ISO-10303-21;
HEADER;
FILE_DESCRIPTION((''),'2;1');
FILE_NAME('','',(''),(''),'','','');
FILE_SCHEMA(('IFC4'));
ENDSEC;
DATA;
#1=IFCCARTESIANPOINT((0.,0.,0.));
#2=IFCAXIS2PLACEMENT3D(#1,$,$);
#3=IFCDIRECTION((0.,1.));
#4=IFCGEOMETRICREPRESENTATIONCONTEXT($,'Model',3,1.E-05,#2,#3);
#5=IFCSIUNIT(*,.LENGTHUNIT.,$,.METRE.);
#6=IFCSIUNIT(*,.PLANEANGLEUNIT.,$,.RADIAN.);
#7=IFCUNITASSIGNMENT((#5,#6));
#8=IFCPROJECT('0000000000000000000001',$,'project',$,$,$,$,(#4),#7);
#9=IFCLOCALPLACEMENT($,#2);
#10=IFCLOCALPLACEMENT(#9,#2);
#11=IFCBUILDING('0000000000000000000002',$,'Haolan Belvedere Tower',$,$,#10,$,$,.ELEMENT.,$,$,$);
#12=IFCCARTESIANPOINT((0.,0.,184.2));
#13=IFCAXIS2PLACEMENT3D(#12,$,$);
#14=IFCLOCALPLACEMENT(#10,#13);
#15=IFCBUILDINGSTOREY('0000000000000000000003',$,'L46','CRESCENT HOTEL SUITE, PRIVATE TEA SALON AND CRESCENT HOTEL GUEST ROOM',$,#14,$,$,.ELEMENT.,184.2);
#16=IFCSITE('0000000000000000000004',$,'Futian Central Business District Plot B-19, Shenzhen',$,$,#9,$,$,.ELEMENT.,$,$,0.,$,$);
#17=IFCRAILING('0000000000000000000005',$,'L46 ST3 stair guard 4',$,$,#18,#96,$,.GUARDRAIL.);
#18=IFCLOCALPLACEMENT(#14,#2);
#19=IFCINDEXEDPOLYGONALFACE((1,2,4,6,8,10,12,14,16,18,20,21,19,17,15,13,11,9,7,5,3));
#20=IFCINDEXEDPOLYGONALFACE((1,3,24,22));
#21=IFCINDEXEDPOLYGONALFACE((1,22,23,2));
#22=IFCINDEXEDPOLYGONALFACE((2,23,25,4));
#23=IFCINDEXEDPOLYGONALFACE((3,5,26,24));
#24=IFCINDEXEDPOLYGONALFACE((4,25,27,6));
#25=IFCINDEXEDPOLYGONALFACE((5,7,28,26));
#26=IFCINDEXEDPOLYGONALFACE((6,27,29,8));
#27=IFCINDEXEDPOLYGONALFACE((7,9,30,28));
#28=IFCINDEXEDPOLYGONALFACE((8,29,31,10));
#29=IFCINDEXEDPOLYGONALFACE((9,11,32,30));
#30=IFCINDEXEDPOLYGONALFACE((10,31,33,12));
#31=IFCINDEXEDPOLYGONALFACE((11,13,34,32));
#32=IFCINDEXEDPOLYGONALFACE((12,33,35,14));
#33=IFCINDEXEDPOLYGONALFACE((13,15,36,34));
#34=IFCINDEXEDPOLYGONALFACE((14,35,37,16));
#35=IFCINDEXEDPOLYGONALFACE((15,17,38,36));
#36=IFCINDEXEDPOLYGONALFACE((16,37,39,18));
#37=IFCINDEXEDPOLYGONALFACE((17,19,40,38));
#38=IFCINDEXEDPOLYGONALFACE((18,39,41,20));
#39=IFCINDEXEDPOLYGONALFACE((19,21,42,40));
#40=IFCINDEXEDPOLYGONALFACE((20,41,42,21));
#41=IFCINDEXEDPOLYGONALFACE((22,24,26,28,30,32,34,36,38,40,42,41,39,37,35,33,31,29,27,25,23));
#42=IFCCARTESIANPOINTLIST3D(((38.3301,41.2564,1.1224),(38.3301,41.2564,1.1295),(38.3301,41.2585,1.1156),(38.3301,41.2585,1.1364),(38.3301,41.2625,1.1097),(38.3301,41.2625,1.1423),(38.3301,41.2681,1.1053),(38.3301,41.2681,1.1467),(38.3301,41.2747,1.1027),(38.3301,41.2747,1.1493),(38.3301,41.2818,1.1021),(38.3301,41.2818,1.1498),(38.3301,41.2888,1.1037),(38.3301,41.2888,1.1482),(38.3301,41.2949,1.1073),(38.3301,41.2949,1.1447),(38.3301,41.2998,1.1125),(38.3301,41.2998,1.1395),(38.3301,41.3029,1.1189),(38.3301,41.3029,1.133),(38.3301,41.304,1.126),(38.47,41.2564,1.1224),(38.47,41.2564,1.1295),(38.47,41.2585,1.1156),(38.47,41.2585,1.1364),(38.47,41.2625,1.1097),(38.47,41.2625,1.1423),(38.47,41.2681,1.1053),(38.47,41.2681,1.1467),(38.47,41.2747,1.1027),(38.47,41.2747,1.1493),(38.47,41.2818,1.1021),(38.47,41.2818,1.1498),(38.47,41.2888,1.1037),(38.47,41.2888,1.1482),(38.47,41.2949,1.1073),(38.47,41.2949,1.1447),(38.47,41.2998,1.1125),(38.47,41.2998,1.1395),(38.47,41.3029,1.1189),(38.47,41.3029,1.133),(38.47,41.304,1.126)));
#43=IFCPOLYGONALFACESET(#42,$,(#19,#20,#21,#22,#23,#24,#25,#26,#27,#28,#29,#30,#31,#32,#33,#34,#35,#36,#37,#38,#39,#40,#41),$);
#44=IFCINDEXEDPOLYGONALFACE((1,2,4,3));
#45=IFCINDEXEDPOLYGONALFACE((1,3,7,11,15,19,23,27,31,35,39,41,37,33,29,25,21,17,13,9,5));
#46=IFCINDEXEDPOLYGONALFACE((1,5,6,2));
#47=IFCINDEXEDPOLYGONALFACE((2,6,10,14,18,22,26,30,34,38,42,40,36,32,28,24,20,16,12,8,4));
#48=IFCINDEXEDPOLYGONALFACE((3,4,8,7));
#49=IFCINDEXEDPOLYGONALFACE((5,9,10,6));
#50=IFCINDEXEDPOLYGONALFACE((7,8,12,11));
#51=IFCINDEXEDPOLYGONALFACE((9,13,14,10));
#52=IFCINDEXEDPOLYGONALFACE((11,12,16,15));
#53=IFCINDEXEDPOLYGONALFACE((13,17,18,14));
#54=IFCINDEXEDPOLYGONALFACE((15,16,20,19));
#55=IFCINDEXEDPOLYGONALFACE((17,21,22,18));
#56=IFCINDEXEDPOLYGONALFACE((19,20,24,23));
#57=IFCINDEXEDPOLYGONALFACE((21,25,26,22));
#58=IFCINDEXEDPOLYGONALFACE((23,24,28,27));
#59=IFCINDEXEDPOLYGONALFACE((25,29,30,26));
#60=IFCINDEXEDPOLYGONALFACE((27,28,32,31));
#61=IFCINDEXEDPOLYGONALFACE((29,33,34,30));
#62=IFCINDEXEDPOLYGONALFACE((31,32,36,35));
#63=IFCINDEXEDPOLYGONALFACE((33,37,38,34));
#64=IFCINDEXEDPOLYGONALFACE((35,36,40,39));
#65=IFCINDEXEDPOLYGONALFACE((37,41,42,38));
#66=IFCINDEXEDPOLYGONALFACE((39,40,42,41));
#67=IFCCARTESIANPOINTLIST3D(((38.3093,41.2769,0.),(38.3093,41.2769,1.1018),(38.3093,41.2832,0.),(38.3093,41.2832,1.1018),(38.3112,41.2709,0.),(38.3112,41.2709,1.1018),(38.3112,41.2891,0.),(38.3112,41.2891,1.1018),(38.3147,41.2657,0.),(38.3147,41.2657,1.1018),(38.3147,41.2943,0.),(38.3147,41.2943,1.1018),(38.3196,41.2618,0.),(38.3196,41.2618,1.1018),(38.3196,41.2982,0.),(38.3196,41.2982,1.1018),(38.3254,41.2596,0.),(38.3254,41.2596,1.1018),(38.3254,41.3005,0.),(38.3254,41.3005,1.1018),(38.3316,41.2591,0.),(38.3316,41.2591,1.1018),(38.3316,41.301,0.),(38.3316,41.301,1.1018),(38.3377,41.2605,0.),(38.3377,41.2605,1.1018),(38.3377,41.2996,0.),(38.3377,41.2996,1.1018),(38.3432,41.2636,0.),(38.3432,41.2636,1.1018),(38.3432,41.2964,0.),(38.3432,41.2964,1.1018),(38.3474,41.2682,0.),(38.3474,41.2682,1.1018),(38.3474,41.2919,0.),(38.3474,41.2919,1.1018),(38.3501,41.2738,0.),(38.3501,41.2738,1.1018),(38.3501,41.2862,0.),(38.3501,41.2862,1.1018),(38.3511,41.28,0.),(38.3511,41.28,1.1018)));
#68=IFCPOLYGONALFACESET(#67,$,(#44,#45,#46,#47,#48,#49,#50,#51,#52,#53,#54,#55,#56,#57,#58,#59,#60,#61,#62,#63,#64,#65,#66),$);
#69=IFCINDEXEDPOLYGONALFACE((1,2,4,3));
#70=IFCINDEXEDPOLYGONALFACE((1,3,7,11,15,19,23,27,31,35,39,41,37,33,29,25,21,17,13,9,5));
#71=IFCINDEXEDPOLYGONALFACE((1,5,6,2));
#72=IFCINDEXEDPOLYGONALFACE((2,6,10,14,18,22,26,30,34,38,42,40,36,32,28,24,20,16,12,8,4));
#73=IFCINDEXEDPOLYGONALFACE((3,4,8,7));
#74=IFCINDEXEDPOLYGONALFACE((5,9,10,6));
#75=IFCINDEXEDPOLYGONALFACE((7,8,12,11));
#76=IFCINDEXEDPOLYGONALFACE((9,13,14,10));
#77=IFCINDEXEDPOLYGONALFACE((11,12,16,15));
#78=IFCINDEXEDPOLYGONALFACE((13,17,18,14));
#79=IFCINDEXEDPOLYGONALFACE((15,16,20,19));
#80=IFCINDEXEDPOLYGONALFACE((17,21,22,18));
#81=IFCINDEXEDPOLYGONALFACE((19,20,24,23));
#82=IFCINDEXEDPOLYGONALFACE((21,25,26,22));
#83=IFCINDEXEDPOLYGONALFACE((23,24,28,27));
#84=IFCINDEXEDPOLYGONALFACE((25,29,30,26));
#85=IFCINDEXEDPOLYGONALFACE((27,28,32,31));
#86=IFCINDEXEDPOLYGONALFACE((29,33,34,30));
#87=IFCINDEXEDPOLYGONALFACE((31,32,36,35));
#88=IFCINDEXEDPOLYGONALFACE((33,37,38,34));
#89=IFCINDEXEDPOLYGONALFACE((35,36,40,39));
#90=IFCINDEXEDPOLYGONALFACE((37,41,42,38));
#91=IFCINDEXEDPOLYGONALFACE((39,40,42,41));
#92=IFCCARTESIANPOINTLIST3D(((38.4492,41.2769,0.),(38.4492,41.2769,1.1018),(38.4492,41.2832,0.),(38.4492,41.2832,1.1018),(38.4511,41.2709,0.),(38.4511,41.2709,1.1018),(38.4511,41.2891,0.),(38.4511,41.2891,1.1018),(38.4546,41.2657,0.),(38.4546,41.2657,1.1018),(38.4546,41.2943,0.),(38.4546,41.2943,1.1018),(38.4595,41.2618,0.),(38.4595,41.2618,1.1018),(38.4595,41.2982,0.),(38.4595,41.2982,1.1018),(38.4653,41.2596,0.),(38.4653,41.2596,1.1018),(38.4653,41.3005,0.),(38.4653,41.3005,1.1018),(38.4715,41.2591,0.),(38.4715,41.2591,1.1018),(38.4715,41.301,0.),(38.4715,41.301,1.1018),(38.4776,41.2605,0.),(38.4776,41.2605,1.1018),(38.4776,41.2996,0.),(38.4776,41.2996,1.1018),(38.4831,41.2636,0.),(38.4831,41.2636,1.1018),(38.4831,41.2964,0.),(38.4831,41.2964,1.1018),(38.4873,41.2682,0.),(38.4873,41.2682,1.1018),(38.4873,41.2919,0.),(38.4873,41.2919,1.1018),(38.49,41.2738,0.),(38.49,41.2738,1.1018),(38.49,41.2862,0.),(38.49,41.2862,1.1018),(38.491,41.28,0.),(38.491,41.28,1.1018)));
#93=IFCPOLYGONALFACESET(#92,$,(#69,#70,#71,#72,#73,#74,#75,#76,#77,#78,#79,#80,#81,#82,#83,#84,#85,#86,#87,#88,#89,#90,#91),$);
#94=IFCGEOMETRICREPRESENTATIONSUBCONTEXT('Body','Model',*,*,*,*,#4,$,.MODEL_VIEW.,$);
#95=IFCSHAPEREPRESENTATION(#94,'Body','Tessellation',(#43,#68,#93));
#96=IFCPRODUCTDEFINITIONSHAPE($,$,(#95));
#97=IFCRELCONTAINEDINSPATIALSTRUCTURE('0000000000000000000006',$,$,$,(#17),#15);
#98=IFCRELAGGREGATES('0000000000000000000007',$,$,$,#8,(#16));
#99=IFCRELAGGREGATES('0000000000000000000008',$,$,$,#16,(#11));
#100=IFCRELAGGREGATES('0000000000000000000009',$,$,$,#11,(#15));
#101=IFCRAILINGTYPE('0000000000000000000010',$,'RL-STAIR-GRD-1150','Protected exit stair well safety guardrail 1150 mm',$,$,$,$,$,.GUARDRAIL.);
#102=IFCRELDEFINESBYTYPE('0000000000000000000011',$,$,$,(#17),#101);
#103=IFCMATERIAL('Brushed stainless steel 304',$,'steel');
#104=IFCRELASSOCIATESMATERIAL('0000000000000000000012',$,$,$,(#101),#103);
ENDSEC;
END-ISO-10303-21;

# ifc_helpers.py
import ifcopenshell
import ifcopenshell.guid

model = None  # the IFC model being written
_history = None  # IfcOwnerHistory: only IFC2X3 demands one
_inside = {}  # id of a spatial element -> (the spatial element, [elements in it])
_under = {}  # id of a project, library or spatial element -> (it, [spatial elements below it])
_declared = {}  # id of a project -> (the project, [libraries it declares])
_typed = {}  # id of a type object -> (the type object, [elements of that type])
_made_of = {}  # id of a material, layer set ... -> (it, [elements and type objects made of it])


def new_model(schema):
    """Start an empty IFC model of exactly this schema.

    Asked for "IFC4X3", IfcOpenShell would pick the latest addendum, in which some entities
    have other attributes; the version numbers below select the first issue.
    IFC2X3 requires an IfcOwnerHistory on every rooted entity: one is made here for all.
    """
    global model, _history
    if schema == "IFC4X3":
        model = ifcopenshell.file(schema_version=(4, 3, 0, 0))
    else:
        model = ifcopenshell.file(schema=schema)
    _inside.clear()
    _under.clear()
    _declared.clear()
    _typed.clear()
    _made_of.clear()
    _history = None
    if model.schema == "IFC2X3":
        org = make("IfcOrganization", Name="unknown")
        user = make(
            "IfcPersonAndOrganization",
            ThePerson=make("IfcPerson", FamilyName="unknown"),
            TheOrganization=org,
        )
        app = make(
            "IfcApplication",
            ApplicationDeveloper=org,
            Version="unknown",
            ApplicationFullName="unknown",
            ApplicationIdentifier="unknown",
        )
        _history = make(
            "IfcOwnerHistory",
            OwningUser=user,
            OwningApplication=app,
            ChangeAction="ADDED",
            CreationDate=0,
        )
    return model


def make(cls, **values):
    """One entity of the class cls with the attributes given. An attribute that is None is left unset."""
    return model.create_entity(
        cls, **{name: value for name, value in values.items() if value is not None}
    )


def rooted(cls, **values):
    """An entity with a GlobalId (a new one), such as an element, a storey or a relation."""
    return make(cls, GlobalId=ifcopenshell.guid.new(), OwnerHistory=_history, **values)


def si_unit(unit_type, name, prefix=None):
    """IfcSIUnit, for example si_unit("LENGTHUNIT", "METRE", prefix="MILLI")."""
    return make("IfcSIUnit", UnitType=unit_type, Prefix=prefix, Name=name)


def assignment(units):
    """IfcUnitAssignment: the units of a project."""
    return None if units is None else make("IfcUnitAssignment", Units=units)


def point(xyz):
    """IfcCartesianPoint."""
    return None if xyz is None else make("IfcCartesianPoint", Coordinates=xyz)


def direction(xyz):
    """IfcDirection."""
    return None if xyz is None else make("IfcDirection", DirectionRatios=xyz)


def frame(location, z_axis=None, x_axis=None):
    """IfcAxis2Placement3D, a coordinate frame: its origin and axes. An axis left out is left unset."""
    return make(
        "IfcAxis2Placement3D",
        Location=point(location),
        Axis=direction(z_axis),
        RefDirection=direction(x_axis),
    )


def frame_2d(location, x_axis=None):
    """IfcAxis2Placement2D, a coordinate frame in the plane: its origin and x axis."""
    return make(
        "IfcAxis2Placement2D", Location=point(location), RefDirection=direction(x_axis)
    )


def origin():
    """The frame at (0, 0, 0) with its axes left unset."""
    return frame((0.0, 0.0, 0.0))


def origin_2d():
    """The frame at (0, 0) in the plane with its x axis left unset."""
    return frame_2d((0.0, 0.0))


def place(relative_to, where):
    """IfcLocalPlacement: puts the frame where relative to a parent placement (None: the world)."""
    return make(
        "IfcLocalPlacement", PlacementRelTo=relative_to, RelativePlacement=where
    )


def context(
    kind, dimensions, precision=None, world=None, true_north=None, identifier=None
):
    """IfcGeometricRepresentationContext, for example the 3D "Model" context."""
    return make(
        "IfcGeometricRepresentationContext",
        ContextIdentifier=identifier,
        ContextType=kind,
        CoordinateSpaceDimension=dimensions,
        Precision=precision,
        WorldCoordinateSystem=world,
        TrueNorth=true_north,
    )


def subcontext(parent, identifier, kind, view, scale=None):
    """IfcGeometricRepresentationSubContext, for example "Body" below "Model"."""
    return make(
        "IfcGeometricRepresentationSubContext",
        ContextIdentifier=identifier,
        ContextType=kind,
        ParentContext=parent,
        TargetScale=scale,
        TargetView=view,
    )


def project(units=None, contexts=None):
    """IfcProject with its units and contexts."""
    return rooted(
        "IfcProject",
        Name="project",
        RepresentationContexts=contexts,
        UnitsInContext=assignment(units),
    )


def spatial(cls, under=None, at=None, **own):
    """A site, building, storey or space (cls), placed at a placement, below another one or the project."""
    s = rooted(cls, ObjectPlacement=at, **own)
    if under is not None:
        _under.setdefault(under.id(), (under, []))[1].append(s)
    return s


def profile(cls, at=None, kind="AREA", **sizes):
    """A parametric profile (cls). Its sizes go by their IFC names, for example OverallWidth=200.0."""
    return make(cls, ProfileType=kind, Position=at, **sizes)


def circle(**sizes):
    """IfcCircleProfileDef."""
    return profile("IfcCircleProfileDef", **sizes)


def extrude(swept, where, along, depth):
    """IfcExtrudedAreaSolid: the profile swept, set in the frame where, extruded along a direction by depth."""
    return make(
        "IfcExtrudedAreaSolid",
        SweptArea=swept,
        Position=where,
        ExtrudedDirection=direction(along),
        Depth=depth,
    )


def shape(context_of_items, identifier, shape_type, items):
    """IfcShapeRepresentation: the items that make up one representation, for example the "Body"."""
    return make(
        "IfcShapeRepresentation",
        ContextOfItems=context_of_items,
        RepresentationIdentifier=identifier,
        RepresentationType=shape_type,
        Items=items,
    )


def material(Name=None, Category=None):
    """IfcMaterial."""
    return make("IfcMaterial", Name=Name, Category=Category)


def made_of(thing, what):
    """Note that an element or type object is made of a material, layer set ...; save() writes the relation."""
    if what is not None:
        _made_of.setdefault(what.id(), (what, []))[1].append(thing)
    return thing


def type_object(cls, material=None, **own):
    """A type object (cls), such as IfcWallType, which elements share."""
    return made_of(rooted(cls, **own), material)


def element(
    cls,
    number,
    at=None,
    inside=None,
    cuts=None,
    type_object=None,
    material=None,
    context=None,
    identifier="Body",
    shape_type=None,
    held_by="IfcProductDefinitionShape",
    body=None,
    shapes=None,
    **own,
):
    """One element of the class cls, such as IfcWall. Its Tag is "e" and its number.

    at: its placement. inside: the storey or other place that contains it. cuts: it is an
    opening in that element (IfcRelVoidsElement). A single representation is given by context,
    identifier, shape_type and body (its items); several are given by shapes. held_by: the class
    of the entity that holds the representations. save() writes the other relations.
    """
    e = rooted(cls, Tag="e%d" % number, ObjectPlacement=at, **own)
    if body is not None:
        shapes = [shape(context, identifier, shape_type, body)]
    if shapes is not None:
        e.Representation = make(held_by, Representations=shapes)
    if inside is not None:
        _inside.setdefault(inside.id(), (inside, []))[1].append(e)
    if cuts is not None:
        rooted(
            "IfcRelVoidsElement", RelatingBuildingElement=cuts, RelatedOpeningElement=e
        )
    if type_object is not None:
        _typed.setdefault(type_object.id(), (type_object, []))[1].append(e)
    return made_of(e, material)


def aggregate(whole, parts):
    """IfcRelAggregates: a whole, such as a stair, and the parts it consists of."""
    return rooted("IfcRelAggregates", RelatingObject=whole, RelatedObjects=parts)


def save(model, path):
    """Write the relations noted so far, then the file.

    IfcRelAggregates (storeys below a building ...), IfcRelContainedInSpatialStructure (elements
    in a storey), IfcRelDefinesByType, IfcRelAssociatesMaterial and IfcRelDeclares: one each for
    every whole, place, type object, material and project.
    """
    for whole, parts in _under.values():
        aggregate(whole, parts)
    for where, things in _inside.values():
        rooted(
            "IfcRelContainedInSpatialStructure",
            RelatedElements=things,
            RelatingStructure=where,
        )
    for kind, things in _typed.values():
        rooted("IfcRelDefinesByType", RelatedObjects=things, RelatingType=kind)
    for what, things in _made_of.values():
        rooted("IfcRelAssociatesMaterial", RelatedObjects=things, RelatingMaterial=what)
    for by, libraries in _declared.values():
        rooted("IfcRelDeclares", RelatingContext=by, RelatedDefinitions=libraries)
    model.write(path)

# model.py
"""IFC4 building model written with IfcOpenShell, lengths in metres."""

from ifc_helpers import new_model, si_unit, direction, frame, origin, origin_2d, place, context, subcontext, project, spatial, circle, extrude, material, type_object, element, save


model = new_model("IFC4")

# Units and contexts
model_context = context("Model", 3, precision=1e-05, world=origin(), true_north=direction((0.0, 1.0)))
body_context = subcontext(model_context, "Body", "Model", "MODEL_VIEW")
ifc_project = project(units=[si_unit("LENGTHUNIT", "METRE"), si_unit("PLANEANGLEUNIT", "RADIAN")], contexts=[model_context])

# Site, building, storey
site_placement = place(None, origin())
site = spatial("IfcSite", under=ifc_project, at=site_placement, Name="Futian Central Business District Plot B-19, Shenzhen", CompositionType="ELEMENT", RefElevation=0.0)
building_placement = place(site_placement, origin())
building = spatial("IfcBuilding", under=site, at=building_placement, Name="Haolan Belvedere Tower", CompositionType="ELEMENT")
storey_placement = place(building_placement, frame((0.0, 0.0, 184.2)))
storey = spatial("IfcBuildingStorey", under=building, at=storey_placement, Name="L46", Description="CRESCENT HOTEL SUITE, PRIVATE TEA SALON AND CRESCENT HOTEL GUEST ROOM", CompositionType="ELEMENT", Elevation=184.2)

# Railing
ifc_material_1 = material(Name="Brushed stainless steel 304", Category="steel")
railing_type = type_object("IfcRailingType", Name="RL-STAIR-GRD-1150", Description="Protected exit stair well safety guardrail 1150 mm", PredefinedType="GUARDRAIL", material=ifc_material_1)
railing_1_placement = place(storey_placement, frame((38.3301, 41.28, 0.0)))
element("IfcRailing", 1, at=railing_1_placement, inside=storey, type_object=railing_type, Name="L46 ST3 stair guard 4", PredefinedType="GUARDRAIL", context=body_context, shape_type="SweptSolid", body=[
    extrude(circle(Radius=0.0239, at=origin_2d()), frame((0.0, 0.0, 1.126), z_axis=(1.0, 0.0, 0.0), x_axis=(0.0, 1.0, 0.0)), (0.0, 0.0, 1.0), 0.1399),
    extrude(circle(Radius=0.021, at=origin_2d()), origin(), (0.0, 0.0, 1.0), 1.1018),
    extrude(circle(Radius=0.021, at=origin_2d()), frame((0.1399, 0.0, 0.0)), (0.0, 0.0, 1.0), 1.1018),
])

save(model, "model.ifc")
